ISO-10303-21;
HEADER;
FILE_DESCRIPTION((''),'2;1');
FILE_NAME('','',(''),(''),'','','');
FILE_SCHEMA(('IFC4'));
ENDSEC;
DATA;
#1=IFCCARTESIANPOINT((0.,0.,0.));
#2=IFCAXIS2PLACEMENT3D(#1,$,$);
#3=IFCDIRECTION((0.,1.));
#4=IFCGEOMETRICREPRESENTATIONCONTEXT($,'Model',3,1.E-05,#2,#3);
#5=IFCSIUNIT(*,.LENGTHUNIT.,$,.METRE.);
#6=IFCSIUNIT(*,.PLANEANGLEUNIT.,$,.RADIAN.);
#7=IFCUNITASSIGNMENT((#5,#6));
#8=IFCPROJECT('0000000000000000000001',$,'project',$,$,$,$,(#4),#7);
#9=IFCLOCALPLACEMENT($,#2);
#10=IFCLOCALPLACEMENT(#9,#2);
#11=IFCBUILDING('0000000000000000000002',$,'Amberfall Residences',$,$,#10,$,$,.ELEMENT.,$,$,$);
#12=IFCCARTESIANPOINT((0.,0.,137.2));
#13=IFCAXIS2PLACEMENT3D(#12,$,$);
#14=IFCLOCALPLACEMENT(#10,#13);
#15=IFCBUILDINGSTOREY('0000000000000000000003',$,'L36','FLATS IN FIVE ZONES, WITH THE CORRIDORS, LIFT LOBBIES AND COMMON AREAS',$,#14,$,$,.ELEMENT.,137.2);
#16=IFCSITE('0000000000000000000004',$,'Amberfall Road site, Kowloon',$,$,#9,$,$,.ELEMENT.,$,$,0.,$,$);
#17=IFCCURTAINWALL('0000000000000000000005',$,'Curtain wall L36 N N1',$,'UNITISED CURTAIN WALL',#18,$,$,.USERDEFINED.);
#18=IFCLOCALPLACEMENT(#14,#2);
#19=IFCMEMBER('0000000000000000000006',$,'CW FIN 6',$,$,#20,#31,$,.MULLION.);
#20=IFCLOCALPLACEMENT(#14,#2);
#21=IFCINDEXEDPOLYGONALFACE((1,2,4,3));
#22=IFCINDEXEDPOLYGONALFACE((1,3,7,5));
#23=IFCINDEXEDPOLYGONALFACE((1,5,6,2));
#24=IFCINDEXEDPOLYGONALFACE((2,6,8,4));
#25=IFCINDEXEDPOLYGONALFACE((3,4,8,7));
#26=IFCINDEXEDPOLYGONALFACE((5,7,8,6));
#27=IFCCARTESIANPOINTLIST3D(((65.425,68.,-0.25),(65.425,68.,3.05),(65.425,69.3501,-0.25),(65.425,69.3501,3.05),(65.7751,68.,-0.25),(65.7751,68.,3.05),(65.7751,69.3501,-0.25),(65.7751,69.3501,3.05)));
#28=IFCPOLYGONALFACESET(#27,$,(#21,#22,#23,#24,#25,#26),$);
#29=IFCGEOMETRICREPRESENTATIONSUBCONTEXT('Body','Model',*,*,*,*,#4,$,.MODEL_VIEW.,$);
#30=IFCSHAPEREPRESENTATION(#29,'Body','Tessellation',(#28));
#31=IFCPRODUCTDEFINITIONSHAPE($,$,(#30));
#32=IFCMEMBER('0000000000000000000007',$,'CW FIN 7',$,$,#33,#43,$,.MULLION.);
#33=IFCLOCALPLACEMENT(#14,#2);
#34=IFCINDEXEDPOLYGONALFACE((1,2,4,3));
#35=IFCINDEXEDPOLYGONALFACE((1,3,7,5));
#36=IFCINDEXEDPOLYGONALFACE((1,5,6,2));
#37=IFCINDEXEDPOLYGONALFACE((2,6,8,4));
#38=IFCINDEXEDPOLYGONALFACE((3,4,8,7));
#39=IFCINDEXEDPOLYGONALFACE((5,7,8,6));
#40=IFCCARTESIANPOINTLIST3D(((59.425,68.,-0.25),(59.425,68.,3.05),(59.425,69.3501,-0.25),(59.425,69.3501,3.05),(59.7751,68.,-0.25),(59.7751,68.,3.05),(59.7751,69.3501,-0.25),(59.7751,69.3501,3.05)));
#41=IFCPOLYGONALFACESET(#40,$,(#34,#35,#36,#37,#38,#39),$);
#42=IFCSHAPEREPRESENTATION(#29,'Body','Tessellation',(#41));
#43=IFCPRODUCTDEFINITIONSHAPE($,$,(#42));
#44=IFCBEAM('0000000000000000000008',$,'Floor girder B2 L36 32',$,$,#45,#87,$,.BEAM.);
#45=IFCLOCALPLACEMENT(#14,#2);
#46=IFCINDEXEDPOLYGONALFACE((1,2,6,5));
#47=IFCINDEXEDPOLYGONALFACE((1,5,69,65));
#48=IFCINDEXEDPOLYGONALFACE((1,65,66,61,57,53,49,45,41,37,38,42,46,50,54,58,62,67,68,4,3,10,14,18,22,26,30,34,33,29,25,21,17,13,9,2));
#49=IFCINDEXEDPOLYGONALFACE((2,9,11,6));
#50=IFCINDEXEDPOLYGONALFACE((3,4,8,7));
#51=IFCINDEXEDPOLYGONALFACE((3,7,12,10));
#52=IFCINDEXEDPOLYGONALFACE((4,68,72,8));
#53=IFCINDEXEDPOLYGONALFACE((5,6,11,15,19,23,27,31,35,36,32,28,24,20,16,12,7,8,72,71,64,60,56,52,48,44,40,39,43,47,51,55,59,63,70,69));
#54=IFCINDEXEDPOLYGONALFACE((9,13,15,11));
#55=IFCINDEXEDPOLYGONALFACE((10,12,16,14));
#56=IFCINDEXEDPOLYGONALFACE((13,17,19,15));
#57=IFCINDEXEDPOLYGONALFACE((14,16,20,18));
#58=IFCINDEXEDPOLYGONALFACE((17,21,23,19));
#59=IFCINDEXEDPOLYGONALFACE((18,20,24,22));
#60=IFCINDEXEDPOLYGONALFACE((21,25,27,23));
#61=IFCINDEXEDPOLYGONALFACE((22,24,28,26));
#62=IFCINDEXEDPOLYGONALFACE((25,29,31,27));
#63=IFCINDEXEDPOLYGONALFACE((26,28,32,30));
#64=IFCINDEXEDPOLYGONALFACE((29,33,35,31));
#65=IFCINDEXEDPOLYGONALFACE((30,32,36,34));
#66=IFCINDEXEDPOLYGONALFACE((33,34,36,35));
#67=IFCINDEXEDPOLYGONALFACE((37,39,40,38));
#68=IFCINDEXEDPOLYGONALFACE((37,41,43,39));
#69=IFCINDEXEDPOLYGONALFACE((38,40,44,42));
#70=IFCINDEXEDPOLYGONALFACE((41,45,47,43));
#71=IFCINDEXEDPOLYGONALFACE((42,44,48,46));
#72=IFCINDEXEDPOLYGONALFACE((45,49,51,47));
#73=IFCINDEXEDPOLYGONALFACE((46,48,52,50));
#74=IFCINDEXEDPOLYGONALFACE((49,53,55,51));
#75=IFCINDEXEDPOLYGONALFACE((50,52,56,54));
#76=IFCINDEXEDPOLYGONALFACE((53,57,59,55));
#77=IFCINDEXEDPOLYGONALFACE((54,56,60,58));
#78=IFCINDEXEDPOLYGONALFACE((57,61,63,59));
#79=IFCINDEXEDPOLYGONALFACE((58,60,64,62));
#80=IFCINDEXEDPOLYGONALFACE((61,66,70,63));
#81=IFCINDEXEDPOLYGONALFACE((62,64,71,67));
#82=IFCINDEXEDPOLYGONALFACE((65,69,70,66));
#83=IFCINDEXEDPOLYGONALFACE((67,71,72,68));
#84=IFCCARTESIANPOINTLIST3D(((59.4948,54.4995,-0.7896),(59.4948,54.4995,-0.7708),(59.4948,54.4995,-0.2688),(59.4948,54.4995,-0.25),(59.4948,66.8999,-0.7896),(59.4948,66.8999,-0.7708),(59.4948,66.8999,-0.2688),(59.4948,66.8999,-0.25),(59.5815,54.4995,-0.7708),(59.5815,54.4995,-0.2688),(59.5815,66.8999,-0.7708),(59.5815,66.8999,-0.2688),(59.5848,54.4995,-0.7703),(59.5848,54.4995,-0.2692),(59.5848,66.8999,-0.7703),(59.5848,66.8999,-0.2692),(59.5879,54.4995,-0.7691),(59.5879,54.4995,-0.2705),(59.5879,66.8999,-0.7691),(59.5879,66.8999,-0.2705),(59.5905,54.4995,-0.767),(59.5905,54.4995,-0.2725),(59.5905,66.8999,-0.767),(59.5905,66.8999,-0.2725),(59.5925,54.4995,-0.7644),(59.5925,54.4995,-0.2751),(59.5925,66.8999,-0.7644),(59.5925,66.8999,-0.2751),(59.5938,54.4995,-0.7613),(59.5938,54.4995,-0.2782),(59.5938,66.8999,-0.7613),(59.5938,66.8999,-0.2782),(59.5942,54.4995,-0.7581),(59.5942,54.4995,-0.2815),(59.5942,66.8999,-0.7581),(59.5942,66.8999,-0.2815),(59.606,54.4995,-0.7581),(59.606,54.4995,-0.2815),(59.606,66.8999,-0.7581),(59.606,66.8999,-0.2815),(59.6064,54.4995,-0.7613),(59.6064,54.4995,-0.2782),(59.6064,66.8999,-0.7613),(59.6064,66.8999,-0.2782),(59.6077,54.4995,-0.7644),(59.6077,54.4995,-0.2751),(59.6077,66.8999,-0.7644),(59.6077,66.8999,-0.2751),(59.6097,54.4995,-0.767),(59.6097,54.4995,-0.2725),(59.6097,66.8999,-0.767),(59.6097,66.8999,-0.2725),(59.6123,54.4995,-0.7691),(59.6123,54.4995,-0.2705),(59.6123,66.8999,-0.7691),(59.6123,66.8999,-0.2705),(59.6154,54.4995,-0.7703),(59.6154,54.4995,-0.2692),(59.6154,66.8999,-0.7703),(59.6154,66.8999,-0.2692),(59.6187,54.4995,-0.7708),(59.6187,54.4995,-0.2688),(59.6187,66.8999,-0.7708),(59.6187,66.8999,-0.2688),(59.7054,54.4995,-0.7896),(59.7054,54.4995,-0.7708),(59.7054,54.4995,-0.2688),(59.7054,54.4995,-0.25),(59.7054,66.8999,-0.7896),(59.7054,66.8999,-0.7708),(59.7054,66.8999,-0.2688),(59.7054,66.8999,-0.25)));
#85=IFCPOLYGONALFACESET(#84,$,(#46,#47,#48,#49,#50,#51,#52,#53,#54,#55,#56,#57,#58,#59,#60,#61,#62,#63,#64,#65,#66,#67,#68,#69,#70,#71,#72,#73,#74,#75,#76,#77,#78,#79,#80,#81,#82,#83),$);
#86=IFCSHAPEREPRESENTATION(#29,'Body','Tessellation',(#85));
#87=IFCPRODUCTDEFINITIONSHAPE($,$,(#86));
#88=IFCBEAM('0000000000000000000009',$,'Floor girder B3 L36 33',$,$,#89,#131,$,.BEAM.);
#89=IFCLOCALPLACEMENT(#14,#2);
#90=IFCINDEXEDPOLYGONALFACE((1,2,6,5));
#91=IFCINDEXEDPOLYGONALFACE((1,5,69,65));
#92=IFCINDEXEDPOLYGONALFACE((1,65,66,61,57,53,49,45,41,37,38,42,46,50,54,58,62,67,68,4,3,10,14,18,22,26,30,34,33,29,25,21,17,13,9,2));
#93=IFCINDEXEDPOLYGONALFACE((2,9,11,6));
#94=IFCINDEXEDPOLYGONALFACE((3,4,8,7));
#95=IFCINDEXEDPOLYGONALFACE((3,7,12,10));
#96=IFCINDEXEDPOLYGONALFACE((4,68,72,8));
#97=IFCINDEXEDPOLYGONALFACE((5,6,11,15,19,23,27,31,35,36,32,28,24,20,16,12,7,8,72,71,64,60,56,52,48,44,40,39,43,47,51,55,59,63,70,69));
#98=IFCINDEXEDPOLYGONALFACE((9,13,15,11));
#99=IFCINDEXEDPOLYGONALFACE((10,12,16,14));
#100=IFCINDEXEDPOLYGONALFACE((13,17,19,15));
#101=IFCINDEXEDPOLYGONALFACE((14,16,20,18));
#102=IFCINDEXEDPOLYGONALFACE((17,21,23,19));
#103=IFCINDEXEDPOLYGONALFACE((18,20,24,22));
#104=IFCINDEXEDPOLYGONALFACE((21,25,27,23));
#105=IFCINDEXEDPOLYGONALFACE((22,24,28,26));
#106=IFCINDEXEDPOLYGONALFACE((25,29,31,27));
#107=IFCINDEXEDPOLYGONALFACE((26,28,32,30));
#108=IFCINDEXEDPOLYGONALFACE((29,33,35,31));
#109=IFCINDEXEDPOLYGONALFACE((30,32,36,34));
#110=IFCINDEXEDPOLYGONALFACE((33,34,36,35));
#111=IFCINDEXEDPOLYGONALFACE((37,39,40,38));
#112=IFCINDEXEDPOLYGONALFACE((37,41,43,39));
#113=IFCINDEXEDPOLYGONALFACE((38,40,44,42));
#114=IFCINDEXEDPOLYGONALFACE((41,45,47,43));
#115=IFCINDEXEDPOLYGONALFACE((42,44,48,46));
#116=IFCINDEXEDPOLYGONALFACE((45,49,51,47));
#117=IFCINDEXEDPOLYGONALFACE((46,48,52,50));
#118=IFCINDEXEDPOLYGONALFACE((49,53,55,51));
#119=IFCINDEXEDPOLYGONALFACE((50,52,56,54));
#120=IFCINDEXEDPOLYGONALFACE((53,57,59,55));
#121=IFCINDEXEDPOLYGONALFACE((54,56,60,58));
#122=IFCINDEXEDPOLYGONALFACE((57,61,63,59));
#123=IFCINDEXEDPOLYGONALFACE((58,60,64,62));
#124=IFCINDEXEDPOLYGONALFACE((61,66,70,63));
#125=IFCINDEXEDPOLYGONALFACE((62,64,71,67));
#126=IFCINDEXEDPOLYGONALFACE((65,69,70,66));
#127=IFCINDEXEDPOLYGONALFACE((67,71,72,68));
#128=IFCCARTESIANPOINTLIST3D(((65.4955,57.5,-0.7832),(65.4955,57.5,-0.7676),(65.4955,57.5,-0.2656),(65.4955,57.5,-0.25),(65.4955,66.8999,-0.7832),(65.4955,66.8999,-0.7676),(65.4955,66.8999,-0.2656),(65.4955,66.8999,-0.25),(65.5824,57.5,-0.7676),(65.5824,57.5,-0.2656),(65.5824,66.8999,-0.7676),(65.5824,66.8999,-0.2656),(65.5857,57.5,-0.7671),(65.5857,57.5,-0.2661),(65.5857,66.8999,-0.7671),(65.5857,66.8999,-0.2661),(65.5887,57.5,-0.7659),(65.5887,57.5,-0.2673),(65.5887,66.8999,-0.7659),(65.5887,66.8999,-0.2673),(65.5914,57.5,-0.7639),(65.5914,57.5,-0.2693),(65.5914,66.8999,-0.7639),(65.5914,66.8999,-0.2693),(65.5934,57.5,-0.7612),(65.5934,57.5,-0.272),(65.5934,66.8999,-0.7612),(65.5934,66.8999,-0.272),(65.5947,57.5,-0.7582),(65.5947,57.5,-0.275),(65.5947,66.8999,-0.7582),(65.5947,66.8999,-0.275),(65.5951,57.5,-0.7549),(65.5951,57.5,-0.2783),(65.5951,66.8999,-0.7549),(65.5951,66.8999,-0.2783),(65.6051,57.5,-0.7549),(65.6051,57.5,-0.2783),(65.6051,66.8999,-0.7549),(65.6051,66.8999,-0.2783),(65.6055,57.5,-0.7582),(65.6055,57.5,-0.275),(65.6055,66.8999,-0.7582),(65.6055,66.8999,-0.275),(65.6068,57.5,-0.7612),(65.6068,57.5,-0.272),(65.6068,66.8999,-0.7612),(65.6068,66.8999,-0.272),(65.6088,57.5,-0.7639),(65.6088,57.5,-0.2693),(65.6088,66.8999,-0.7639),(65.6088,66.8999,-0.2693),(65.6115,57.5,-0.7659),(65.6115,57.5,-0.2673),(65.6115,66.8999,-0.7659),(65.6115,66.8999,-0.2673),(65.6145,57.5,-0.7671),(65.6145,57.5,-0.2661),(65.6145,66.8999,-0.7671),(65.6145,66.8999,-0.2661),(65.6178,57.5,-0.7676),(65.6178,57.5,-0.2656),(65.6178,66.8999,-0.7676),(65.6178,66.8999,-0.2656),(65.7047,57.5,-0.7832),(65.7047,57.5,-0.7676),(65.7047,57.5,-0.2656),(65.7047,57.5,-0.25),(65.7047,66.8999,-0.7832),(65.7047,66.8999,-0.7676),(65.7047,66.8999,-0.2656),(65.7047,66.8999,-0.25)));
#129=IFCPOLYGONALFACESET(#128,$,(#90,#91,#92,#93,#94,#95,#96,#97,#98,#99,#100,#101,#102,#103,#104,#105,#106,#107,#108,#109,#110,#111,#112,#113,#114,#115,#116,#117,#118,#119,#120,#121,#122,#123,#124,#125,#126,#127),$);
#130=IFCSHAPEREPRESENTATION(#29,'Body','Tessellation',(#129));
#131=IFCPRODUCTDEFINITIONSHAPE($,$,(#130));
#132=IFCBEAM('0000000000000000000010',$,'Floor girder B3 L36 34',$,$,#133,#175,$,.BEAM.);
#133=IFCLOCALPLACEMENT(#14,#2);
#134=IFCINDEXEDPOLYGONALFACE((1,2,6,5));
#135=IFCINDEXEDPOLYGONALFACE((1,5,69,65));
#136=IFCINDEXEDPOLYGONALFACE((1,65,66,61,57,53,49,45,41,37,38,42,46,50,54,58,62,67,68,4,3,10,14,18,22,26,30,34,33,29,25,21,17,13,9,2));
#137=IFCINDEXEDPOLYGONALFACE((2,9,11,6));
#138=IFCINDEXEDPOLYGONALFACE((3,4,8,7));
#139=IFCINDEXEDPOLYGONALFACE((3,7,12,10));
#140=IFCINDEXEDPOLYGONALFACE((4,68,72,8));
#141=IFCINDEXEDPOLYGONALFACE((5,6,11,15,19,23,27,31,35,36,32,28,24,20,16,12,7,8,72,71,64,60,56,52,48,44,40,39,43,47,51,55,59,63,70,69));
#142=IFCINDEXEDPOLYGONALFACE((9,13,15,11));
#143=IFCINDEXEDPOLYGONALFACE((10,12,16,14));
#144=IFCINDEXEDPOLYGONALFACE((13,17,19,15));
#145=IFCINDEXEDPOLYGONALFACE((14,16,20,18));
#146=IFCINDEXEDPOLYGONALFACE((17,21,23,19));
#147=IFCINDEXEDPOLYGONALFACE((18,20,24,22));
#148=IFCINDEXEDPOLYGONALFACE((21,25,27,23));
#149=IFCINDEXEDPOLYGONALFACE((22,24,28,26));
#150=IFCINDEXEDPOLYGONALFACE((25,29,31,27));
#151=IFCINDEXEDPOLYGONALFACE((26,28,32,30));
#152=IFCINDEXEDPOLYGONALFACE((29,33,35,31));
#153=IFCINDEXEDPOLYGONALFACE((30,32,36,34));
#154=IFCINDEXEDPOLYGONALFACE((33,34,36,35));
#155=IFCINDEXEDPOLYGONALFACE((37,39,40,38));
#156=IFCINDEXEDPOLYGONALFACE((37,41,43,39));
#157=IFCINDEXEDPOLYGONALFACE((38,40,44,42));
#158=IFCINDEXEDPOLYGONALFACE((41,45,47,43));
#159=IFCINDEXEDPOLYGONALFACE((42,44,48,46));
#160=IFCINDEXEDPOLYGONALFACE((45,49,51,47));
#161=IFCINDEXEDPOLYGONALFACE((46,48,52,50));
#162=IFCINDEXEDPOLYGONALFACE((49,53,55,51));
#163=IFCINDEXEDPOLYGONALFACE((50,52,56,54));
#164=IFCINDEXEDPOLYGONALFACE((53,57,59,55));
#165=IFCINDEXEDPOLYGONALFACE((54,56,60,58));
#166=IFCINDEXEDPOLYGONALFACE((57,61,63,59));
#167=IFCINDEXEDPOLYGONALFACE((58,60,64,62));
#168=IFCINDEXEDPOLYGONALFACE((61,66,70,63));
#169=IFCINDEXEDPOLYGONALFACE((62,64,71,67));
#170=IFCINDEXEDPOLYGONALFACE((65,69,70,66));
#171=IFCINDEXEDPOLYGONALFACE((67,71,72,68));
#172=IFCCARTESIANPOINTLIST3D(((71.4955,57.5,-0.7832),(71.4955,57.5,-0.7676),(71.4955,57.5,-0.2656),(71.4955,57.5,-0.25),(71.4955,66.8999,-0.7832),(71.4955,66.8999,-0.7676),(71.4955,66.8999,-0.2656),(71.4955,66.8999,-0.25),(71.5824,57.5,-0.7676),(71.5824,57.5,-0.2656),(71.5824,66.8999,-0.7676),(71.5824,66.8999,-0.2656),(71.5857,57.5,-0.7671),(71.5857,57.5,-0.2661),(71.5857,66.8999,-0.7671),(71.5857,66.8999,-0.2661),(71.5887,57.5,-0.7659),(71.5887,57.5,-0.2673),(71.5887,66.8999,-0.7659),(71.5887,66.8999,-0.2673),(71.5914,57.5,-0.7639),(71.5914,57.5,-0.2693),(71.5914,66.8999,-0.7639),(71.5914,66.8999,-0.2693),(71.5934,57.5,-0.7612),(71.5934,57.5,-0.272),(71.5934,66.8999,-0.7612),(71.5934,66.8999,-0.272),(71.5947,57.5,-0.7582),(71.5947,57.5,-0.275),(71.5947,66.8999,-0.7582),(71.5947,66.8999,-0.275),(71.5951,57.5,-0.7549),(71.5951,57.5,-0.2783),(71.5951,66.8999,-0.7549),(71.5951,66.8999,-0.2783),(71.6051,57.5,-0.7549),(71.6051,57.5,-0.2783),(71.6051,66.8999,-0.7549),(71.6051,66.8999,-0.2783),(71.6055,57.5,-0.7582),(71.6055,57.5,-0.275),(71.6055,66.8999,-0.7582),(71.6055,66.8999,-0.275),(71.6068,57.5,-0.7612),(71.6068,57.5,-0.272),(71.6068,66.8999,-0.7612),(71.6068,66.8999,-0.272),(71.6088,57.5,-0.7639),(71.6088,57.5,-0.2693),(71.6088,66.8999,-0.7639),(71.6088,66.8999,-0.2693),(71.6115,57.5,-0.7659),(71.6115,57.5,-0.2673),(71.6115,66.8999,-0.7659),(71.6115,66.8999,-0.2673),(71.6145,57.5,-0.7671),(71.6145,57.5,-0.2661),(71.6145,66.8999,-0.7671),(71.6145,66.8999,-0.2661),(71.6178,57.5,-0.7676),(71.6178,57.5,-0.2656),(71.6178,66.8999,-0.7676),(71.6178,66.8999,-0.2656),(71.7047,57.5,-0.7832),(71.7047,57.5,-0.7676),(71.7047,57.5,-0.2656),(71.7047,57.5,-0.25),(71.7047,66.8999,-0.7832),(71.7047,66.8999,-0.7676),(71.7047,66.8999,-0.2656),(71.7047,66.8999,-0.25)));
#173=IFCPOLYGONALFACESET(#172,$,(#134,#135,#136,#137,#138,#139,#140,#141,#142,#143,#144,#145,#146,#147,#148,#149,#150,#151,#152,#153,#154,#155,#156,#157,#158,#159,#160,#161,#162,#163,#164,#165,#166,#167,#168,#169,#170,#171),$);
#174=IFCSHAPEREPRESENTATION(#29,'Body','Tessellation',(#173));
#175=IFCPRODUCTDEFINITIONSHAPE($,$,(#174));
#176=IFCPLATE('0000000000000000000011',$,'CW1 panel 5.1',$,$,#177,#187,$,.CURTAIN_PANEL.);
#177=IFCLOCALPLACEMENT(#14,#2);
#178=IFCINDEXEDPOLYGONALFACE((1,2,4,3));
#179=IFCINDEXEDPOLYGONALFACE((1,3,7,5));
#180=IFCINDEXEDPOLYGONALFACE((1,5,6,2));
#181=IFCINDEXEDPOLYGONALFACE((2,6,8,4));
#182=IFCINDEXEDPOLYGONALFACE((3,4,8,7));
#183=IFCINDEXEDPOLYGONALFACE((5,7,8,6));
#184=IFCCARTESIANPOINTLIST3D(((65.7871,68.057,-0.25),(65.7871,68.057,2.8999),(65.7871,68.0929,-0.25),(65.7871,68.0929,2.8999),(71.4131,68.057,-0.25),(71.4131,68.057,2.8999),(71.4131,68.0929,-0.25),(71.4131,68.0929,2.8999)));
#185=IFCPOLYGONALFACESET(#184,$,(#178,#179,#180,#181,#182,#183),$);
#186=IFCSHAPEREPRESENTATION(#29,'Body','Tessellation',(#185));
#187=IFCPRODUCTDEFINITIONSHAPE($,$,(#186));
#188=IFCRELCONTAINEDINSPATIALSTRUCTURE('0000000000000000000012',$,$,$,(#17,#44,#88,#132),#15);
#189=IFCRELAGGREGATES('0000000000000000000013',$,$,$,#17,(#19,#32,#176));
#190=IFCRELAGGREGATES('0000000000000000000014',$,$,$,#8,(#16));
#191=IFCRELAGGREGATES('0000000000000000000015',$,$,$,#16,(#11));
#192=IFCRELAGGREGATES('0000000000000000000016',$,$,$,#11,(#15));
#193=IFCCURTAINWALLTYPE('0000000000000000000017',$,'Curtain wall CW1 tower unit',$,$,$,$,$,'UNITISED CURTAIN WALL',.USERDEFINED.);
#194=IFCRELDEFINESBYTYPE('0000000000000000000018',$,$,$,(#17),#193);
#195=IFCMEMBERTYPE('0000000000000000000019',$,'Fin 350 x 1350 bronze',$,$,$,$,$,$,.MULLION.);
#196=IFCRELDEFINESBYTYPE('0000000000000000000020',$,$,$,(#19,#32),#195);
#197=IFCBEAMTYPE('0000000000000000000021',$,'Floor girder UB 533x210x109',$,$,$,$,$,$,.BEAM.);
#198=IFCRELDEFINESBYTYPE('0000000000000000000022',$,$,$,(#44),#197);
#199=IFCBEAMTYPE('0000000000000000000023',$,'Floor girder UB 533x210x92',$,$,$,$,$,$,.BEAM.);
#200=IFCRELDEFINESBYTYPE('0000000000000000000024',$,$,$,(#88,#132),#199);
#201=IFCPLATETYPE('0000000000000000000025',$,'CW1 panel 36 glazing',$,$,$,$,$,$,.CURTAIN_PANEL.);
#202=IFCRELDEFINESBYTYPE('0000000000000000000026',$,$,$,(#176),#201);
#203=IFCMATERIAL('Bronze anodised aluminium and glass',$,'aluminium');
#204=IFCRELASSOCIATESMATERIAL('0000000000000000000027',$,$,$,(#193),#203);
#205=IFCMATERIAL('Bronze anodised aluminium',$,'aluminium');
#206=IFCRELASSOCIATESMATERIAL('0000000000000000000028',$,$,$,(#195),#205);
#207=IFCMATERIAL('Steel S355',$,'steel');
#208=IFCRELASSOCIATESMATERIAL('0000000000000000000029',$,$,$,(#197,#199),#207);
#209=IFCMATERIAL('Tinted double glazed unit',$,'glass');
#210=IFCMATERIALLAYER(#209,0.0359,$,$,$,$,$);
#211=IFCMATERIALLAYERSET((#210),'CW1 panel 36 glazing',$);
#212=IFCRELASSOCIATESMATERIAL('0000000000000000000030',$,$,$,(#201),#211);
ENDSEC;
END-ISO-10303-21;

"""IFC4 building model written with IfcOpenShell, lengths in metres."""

from ifc_helpers import new_model, si_unit, direction, frame, origin, origin_2d, place, context, subcontext, project, spatial, rectangle, i_section, extrude, material, layer, layer_set, material_profile, profile_set, type_object, element, aggregate, save


model = new_model("IFC4")

# Units and contexts
model_context = context("Model", 3, precision=1e-05, world=origin(), true_north=direction((0.0, 1.0)))
body_context = subcontext(model_context, "Body", "Model", "MODEL_VIEW")
ifc_project = project(units=[si_unit("LENGTHUNIT", "METRE"), si_unit("PLANEANGLEUNIT", "RADIAN")], contexts=[model_context])

# Site, building, storey
site_placement = place(None, origin())
site = spatial("IfcSite", under=ifc_project, at=site_placement, Name="Amberfall Road site, Kowloon", CompositionType="ELEMENT", RefElevation=0.0)
building_placement = place(site_placement, origin())
building = spatial("IfcBuilding", under=site, at=building_placement, Name="Amberfall Residences", CompositionType="ELEMENT")
storey_placement = place(building_placement, frame((0.0, 0.0, 137.2)))
storey = spatial("IfcBuildingStorey", under=building, at=storey_placement, Name="L36", Description="FLATS IN FIVE ZONES, WITH THE CORRIDORS, LIFT LOBBIES AND COMMON AREAS", CompositionType="ELEMENT", Elevation=137.2)

# Curtain wall
ifc_material_1 = material(Name="Bronze anodised aluminium and glass", Category="aluminium")
curtain_wall_type = type_object("IfcCurtainWallType", Name="Curtain wall CW1 tower unit", ElementType="UNITISED CURTAIN WALL", PredefinedType="USERDEFINED", material=ifc_material_1)
curtain_wall_placement = place(storey_placement, origin())
curtain_wall = element("IfcCurtainWall", 1, at=curtain_wall_placement, inside=storey, type_object=curtain_wall_type, Name="Curtain wall L36 N N1", ObjectType="UNITISED CURTAIN WALL", PredefinedType="USERDEFINED")
ifc_material_2 = material(Name="Bronze anodised aluminium", Category="aluminium")

# Shared definitions
ifc_material_3 = material(Name="Steel S355", Category="steel")

# Members
ifc_material_profile_1 = material_profile(ifc_material_2, rectangle(XDim=1.3501, YDim=0.3501, at=origin_2d()), Name="Fin 350 x 1350 bronze")
ifc_profile_set_1 = profile_set([ifc_material_profile_1], Name="Bronze anodised aluminium")
member_type_1 = type_object("IfcMemberType", Name="Fin 350 x 1350 bronze", PredefinedType="MULLION", material=ifc_profile_set_1)
member_1_placement = place(storey_placement, frame((65.6001, 68.675, -0.25), z_axis=(0.0, 0.0, 1.0), x_axis=(0.0, -1.0, 0.0)))
member_1 = element("IfcMember", 2, at=member_1_placement, type_object=member_type_1, Name="CW FIN 6", PredefinedType="MULLION", context=body_context, shape_type="SweptSolid", body=[
    extrude(rectangle(XDim=1.3501, YDim=0.3501, at=origin_2d()), origin(), (0.0, 0.0, 1.0), 3.3),
])
member_2_placement = place(storey_placement, frame((59.6001, 68.675, -0.25), z_axis=(0.0, 0.0, 1.0), x_axis=(0.0, -1.0, 0.0)))
member_2 = element("IfcMember", 3, at=member_2_placement, type_object=member_type_1, Name="CW FIN 7", PredefinedType="MULLION", context=body_context, shape_type="SweptSolid", body=[
    extrude(rectangle(XDim=1.3501, YDim=0.3501, at=origin_2d()), origin(), (0.0, 0.0, 1.0), 3.3),
])

# Beams
ifc_material_profile_2 = material_profile(ifc_material_3, i_section(OverallWidth=0.2107, OverallDepth=0.5396, WebThickness=0.0117, FlangeThickness=0.0188, FilletRadius=0.0127, at=origin_2d()), Name="UB 533x210x109")
ifc_profile_set_2 = profile_set([ifc_material_profile_2], Name="Steel S355")
beam_type_1 = type_object("IfcBeamType", Name="Floor girder UB 533x210x109", PredefinedType="BEAM", material=ifc_profile_set_2)
beam_placement = place(storey_placement, frame((59.6001, 66.8999, -0.5198), z_axis=(0.0, -1.0, 0.0), x_axis=(1.0, 0.0, 0.0)))
element("IfcBeam", 4, at=beam_placement, inside=storey, type_object=beam_type_1, Name="Floor girder B2 L36 32", PredefinedType="BEAM", context=body_context, shape_type="SweptSolid", body=[
    extrude(i_section(OverallWidth=0.2107, OverallDepth=0.5396, WebThickness=0.0117, FlangeThickness=0.0188, FilletRadius=0.0127, at=origin_2d()), origin(), (0.0, 0.0, 1.0), 12.4004),
])
ifc_material_profile_3 = material_profile(ifc_material_3, i_section(OverallWidth=0.2092, OverallDepth=0.5332, WebThickness=0.01, FlangeThickness=0.0156, FilletRadius=0.0127, at=origin_2d()), Name="UB 533x210x92")
ifc_profile_set_3 = profile_set([ifc_material_profile_3], Name="Steel S355")
beam_type_2 = type_object("IfcBeamType", Name="Floor girder UB 533x210x92", PredefinedType="BEAM", material=ifc_profile_set_3)
for number, where, z_axis, x_axis, name in (
    (5, (65.6001, 66.8999, -0.5166), (0.0, -1.0, 0.0), (1.0, 0.0, 0.0), "Floor girder B3 L36 33"),
    (6, (71.6001, 66.8999, -0.5166), (0.0, -1.0, 0.0), (1.0, 0.0, 0.0), "Floor girder B3 L36 34"),
):
    element("IfcBeam", number, at=place(storey_placement, frame(where, z_axis=z_axis, x_axis=x_axis)), inside=storey, type_object=beam_type_2, Name=name, PredefinedType="BEAM", context=body_context, shape_type="SweptSolid", body=[
        extrude(i_section(OverallWidth=0.2092, OverallDepth=0.5332, WebThickness=0.01, FlangeThickness=0.0156, FilletRadius=0.0127, at=origin_2d()), origin(), (0.0, 0.0, 1.0), 9.3999),
    ])

# Plate
ifc_material_4 = material(Name="Tinted double glazed unit", Category="glass")
ifc_layer_1 = layer(ifc_material_4, 0.0359)
ifc_layer_set_1 = layer_set([ifc_layer_1], Name="CW1 panel 36 glazing")
plate_type = type_object("IfcPlateType", Name="CW1 panel 36 glazing", PredefinedType="CURTAIN_PANEL", material=ifc_layer_set_1)
plate_1_placement = place(storey_placement, frame((68.6001, 68.075, -0.25), z_axis=(0.0, 0.0, 1.0), x_axis=(-1.0, 0.0, 0.0)))
plate_1 = element("IfcPlate", 7, at=plate_1_placement, type_object=plate_type, Name="CW1 panel 5.1", PredefinedType="CURTAIN_PANEL", context=body_context, shape_type="SweptSolid", body=[
    extrude(rectangle(XDim=5.626, YDim=0.0359, at=origin_2d()), origin(), (0.0, 0.0, 1.0), 3.1499),
])
aggregate(curtain_wall, [member_1, member_2, plate_1])

save(model, "model.ifc")
